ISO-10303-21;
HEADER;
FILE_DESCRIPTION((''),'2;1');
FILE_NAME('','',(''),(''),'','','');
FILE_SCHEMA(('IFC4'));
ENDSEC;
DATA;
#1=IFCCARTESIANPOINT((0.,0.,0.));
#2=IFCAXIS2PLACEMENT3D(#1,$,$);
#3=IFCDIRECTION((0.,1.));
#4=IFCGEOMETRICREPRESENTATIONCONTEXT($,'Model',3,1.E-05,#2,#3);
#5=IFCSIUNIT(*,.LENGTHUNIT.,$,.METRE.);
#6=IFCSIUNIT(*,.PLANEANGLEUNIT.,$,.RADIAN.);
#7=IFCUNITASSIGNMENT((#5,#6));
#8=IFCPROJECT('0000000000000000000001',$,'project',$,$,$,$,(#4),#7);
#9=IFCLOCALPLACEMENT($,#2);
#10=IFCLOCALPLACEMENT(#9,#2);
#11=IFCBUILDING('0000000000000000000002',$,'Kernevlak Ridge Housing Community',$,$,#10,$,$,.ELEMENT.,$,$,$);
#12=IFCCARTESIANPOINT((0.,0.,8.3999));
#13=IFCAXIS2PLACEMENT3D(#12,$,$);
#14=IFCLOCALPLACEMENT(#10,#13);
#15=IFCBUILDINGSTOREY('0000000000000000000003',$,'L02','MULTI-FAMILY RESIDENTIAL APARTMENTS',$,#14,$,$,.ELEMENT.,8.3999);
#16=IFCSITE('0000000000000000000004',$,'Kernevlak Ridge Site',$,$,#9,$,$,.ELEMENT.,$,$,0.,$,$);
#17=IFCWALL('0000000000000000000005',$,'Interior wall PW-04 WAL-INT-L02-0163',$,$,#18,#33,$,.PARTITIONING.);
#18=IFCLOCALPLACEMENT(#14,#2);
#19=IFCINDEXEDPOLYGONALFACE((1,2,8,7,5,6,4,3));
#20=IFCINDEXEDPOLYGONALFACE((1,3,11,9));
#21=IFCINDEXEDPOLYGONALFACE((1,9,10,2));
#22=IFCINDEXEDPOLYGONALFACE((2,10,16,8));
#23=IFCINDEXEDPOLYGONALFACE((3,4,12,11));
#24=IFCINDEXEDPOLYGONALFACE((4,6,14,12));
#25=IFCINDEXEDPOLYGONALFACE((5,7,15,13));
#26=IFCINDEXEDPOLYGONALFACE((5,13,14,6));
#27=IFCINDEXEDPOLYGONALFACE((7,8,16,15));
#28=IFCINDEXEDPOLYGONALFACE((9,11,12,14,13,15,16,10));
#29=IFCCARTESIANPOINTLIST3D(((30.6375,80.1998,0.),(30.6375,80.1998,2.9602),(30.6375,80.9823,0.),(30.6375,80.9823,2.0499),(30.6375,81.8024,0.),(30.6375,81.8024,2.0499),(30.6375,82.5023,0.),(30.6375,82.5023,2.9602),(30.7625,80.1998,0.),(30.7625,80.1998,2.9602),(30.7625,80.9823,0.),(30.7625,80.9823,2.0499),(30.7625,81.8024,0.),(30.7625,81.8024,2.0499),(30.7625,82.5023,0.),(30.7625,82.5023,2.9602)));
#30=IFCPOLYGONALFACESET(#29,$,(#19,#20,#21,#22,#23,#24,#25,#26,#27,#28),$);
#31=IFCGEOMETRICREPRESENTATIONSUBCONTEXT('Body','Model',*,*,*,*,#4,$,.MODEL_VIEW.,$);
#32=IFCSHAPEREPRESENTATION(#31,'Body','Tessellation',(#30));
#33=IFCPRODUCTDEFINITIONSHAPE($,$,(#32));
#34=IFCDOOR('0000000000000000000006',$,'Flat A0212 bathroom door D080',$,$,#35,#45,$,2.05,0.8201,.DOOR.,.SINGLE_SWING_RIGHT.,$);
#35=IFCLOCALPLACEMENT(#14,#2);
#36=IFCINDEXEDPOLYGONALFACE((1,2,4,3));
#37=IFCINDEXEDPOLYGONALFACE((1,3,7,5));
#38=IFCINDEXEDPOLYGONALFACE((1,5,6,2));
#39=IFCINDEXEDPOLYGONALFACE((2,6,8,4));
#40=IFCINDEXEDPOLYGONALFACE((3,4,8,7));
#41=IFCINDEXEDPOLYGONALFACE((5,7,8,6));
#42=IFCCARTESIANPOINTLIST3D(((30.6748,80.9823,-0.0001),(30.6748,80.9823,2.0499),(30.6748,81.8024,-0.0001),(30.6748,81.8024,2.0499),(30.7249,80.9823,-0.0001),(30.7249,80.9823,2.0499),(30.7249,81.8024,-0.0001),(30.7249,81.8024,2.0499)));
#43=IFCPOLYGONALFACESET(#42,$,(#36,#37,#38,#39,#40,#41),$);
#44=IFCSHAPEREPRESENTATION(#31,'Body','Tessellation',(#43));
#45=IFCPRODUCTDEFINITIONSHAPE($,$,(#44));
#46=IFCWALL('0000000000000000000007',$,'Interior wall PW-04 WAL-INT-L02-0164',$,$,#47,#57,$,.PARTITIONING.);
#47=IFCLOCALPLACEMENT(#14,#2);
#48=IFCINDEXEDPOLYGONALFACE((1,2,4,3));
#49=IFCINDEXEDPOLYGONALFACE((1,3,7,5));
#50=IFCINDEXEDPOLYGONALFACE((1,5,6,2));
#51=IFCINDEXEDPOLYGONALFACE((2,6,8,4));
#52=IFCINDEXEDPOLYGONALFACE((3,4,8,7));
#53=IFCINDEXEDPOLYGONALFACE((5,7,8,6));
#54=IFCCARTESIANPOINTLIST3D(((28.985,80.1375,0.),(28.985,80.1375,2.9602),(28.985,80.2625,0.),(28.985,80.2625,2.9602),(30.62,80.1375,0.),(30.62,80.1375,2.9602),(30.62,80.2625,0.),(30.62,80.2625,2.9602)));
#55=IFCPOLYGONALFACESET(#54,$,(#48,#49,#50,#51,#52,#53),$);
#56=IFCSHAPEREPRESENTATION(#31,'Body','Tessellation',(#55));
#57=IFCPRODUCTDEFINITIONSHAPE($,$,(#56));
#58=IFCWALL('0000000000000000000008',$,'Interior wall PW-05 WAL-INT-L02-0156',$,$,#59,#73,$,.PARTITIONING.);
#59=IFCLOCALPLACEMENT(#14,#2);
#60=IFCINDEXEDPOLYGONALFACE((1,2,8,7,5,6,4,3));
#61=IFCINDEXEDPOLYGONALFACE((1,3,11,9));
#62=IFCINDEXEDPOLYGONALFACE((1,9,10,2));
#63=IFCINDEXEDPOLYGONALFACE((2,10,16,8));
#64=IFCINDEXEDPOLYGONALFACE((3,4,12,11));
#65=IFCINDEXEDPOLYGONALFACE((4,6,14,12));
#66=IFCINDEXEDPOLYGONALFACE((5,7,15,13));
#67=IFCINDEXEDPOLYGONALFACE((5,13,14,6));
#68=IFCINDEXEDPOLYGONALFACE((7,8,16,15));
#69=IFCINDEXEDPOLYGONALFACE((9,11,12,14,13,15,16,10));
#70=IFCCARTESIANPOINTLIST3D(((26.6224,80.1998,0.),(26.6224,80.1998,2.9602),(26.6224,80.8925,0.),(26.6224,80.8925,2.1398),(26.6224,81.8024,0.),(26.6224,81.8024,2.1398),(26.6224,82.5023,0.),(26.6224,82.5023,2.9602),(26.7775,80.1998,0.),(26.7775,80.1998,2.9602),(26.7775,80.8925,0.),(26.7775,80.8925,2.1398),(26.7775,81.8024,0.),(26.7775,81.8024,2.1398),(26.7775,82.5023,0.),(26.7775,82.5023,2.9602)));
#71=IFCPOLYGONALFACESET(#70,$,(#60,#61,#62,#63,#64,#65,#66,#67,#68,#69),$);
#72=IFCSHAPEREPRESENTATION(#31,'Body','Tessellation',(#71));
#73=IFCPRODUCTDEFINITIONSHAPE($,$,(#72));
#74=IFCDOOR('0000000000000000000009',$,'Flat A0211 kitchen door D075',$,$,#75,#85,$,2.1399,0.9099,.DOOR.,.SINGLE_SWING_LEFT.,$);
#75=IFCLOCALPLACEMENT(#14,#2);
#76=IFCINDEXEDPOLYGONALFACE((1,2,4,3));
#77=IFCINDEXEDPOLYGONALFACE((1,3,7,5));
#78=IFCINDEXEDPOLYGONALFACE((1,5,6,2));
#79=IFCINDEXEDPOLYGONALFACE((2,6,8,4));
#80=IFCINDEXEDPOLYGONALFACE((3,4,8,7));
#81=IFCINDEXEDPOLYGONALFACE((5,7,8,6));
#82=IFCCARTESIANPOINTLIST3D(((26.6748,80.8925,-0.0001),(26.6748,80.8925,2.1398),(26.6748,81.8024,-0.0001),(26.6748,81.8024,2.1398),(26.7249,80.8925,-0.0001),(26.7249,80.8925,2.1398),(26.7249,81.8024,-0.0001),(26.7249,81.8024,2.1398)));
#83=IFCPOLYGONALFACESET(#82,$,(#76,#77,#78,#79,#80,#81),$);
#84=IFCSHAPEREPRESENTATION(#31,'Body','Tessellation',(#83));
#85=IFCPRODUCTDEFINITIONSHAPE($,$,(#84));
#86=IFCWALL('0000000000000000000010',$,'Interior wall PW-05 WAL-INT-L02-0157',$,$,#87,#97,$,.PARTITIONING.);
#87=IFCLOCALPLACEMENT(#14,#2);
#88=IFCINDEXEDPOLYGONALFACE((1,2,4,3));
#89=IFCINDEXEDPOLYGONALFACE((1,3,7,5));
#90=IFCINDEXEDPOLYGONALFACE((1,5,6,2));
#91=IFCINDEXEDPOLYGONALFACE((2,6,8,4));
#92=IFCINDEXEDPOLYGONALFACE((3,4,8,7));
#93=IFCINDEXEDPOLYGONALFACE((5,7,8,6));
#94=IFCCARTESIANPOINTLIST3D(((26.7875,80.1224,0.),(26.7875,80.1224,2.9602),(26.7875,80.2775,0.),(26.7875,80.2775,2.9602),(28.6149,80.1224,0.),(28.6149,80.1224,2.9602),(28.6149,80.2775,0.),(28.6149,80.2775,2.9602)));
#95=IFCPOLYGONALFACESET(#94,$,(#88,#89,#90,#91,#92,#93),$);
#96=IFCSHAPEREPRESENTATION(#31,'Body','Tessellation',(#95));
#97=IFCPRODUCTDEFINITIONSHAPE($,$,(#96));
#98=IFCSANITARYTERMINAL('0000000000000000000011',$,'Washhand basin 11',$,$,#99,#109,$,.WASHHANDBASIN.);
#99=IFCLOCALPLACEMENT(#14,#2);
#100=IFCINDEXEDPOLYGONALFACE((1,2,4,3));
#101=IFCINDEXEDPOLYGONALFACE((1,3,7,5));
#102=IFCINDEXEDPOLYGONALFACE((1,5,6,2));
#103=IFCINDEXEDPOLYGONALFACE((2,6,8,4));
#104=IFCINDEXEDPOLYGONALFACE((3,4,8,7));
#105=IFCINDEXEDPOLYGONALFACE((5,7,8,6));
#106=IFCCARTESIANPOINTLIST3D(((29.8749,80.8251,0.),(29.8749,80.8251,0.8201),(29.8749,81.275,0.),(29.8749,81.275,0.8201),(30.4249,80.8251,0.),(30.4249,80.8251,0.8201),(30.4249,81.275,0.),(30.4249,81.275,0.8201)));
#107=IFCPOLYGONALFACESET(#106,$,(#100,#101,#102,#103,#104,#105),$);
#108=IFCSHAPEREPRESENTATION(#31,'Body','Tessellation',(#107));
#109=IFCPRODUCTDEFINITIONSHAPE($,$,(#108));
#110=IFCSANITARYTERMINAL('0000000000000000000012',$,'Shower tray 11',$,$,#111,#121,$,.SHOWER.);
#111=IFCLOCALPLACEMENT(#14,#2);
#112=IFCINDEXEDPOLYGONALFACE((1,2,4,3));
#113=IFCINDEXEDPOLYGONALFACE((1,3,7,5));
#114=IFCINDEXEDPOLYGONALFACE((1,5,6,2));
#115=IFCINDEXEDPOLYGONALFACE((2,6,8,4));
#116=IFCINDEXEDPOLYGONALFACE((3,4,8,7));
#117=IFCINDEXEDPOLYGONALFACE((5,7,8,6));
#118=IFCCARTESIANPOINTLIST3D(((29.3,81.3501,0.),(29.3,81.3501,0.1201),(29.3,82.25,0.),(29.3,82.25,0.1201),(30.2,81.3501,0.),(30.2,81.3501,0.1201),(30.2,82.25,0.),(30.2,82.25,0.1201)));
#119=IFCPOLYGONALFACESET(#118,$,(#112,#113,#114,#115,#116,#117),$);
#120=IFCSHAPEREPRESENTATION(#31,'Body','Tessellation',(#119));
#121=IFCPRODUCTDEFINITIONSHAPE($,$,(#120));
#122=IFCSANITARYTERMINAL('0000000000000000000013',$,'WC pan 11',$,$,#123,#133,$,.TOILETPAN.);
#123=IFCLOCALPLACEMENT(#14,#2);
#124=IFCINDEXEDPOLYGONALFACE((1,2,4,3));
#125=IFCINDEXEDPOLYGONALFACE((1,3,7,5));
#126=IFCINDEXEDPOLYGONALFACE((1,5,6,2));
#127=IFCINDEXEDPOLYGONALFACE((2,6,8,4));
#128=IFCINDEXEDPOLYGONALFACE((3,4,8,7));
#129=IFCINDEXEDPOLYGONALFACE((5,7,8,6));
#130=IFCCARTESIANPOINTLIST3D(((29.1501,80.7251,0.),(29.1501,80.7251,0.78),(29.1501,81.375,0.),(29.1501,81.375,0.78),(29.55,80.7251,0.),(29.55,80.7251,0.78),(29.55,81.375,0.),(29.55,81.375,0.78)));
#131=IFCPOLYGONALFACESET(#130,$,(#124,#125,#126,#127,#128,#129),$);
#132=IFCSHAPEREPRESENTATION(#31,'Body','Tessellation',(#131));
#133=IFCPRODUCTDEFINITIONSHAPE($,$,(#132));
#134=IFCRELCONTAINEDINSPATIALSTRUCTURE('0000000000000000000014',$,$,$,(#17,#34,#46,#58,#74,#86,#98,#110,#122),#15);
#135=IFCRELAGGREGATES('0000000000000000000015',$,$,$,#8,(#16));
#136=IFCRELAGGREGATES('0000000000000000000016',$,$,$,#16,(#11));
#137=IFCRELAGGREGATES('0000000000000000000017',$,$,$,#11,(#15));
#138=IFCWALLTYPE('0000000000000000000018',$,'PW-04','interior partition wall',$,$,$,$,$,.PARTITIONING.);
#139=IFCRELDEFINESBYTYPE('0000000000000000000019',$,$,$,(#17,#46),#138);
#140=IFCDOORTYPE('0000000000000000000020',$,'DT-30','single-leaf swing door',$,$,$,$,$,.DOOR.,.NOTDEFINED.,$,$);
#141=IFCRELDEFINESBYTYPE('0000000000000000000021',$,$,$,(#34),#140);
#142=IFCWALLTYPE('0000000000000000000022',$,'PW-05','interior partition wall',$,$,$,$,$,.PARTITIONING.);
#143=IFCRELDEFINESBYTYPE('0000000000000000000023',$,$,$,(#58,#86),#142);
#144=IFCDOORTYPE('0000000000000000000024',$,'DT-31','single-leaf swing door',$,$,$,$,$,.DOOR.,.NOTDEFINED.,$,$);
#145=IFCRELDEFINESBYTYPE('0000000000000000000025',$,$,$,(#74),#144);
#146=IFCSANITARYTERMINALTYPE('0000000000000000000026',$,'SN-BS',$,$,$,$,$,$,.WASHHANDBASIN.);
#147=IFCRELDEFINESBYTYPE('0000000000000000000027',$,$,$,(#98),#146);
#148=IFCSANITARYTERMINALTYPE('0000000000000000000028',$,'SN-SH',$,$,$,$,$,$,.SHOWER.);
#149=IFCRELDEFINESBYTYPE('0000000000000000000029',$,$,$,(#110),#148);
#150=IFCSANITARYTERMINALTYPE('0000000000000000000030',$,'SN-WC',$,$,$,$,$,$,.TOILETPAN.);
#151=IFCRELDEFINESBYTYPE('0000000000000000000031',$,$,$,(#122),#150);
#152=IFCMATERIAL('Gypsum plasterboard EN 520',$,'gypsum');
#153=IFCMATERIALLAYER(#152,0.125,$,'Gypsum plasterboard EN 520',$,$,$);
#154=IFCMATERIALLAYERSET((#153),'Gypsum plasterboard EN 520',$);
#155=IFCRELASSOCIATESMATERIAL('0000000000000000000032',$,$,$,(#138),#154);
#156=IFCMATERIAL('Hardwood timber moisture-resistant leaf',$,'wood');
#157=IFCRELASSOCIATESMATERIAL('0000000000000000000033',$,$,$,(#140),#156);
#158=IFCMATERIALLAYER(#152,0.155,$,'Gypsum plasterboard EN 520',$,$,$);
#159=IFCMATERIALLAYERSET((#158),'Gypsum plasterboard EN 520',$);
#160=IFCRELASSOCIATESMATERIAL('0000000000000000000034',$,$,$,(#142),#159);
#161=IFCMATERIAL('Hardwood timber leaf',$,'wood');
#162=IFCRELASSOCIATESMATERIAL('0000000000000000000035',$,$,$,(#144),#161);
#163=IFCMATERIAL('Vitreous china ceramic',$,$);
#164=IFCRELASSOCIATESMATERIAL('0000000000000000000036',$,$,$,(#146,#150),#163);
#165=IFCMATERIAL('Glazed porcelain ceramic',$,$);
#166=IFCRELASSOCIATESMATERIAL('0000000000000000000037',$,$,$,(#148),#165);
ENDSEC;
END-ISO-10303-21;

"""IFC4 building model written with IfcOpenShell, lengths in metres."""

from ifc_helpers import new_model, si_unit, direction, frame, frame_2d, origin, origin_2d, place, context, subcontext, project, spatial, rectangle, extrude, material, layer, layer_set, type_object, element, fill, save


model = new_model("IFC4")

# Units and contexts
model_context = context("Model", 3, precision=1e-05, world=origin(), true_north=direction((0.0, 1.0)))
body_context = subcontext(model_context, "Body", "Model", "MODEL_VIEW")
ifc_project = project(units=[si_unit("LENGTHUNIT", "METRE"), si_unit("PLANEANGLEUNIT", "RADIAN")], contexts=[model_context])

# Site, building, storey
site_placement = place(None, origin())
site = spatial("IfcSite", under=ifc_project, at=site_placement, Name="Kernevlak Ridge Site", CompositionType="ELEMENT", RefElevation=0.0)
building_placement = place(site_placement, origin())
building = spatial("IfcBuilding", under=site, at=building_placement, Name="Kernevlak Ridge Housing Community", CompositionType="ELEMENT")
storey_placement = place(building_placement, frame((0.0, 0.0, 8.3999)))
storey = spatial("IfcBuildingStorey", under=building, at=storey_placement, Name="L02", Description="MULTI-FAMILY RESIDENTIAL APARTMENTS", CompositionType="ELEMENT", Elevation=8.3999)

# Wall, opening, door
ifc_material_1 = material(Name="Hardwood timber leaf", Category="wood")
ifc_material_2 = material(Name="Gypsum plasterboard EN 520", Category="gypsum")
ifc_layer_1 = layer(ifc_material_2, 0.125, Name="Gypsum plasterboard EN 520")
ifc_layer_set_1 = layer_set([ifc_layer_1], Name="Gypsum plasterboard EN 520")
wall_type_1 = type_object("IfcWallType", Name="PW-04", Description="interior partition wall", PredefinedType="PARTITIONING", material=ifc_layer_set_1)
wall_1_placement = place(storey_placement, frame((30.7, 82.5024, 0.0), z_axis=(0.0, 0.0, 1.0), x_axis=(0.0, -1.0, 0.0)))
wall_1 = element("IfcWall", 1, at=wall_1_placement, inside=storey, type_object=wall_type_1, Name="Interior wall PW-04 WAL-INT-L02-0163", PredefinedType="PARTITIONING", context=body_context, shape_type="SweptSolid", body=[
    extrude(rectangle(XDim=2.3025, YDim=0.125, at=frame_2d((1.1514, 0.0))), origin(), (0.0, 0.0, 1.0), 2.9602),
])
opening_1_placement = place(wall_1_placement, frame((0.7, 0.0, 0.0)))
opening_1 = element("IfcOpeningElement", 2, at=opening_1_placement, cuts=wall_1, PredefinedType="OPENING", context=body_context, shape_type="SweptSolid", body=[
    extrude(rectangle(XDim=0.8201, YDim=2.05, at=frame_2d((0.4102, 1.0249))), frame((0.0, 0.0725, 0.0), z_axis=(0.0, -1.0, 0.0), x_axis=(1.0, 0.0, 0.0)), (0.0, 0.0, 1.0), 0.145),
])
ifc_material_3 = material(Name="Hardwood timber moisture-resistant leaf", Category="wood")
door_type_1 = type_object("IfcDoorType", Name="DT-30", Description="single-leaf swing door", OperationType="NOTDEFINED", PredefinedType="DOOR", material=ifc_material_3)
door_1_placement = place(opening_1_placement, origin())
door_1 = element("IfcDoor", 3, at=door_1_placement, inside=storey, type_object=door_type_1, Name="Flat A0212 bathroom door D080", OperationType="SINGLE_SWING_RIGHT", OverallHeight=2.05, OverallWidth=0.8201, PredefinedType="DOOR", context=body_context, shape_type="SweptSolid", body=[
    extrude(rectangle(XDim=0.8201, YDim=2.05, at=frame_2d((0.4102, 1.0249))), frame((0.0, 0.0249, 0.0), z_axis=(0.0, -1.0, 0.0), x_axis=(1.0, 0.0, 0.0)), (0.0, 0.0, 1.0), 0.05),
])
fill(opening_1, door_1)

# Wall
wall_2_placement = place(storey_placement, frame((28.9851, 80.2, 0.0), z_axis=(0.0, 0.0, 1.0), x_axis=(1.0, 0.0, 0.0)))
element("IfcWall", 4, at=wall_2_placement, inside=storey, type_object=wall_type_1, Name="Interior wall PW-04 WAL-INT-L02-0164", PredefinedType="PARTITIONING", context=body_context, shape_type="SweptSolid", body=[
    extrude(rectangle(XDim=1.635, YDim=0.125, at=frame_2d((0.8174, 0.0))), origin(), (0.0, 0.0, 1.0), 2.9602),
])

# Wall, opening, door
ifc_layer_2 = layer(ifc_material_2, 0.155, Name="Gypsum plasterboard EN 520")
ifc_layer_set_2 = layer_set([ifc_layer_2], Name="Gypsum plasterboard EN 520")
wall_type_2 = type_object("IfcWallType", Name="PW-05", Description="interior partition wall", PredefinedType="PARTITIONING", material=ifc_layer_set_2)
wall_3_placement = place(storey_placement, frame((26.7, 82.5024, 0.0), z_axis=(0.0, 0.0, 1.0), x_axis=(0.0, -1.0, 0.0)))
wall_3 = element("IfcWall", 5, at=wall_3_placement, inside=storey, type_object=wall_type_2, Name="Interior wall PW-05 WAL-INT-L02-0156", PredefinedType="PARTITIONING", context=body_context, shape_type="SweptSolid", body=[
    extrude(rectangle(XDim=2.3025, YDim=0.155, at=frame_2d((1.1514, 0.0))), origin(), (0.0, 0.0, 1.0), 2.9602),
])
opening_2_placement = place(wall_3_placement, frame((0.7, 0.0, 0.0)))
opening_2 = element("IfcOpeningElement", 6, at=opening_2_placement, cuts=wall_3, PredefinedType="OPENING", context=body_context, shape_type="SweptSolid", body=[
    extrude(rectangle(XDim=0.9099, YDim=2.1399, at=frame_2d((0.4551, 1.0698))), frame((0.0, 0.0874, 0.0), z_axis=(0.0, -1.0, 0.0), x_axis=(1.0, 0.0, 0.0)), (0.0, 0.0, 1.0), 0.175),
])
door_type_2 = type_object("IfcDoorType", Name="DT-31", Description="single-leaf swing door", OperationType="NOTDEFINED", PredefinedType="DOOR", material=ifc_material_1)
door_2_placement = place(opening_2_placement, origin())
door_2 = element("IfcDoor", 7, at=door_2_placement, inside=storey, type_object=door_type_2, Name="Flat A0211 kitchen door D075", OperationType="SINGLE_SWING_LEFT", OverallHeight=2.1399, OverallWidth=0.9099, PredefinedType="DOOR", context=body_context, shape_type="SweptSolid", body=[
    extrude(rectangle(XDim=0.9099, YDim=2.1399, at=frame_2d((0.4551, 1.0698))), frame((0.0, 0.0249, 0.0), z_axis=(0.0, -1.0, 0.0), x_axis=(1.0, 0.0, 0.0)), (0.0, 0.0, 1.0), 0.05),
])
fill(opening_2, door_2)

# Wall
wall_4_placement = place(storey_placement, frame((26.7876, 80.2, 0.0), z_axis=(0.0, 0.0, 1.0), x_axis=(1.0, 0.0, 0.0)))
element("IfcWall", 8, at=wall_4_placement, inside=storey, type_object=wall_type_2, Name="Interior wall PW-05 WAL-INT-L02-0157", PredefinedType="PARTITIONING", context=body_context, shape_type="SweptSolid", body=[
    extrude(rectangle(XDim=1.8274, YDim=0.155, at=frame_2d((0.9136, 0.0))), origin(), (0.0, 0.0, 1.0), 2.9602),
])

# Sanitary terminals
ifc_material_4 = material(Name="Vitreous china ceramic")
sanitary_terminal_type_1 = type_object("IfcSanitaryTerminalType", Name="SN-BS", PredefinedType="WASHHANDBASIN", material=ifc_material_4)
sanitary_terminal_1_placement = place(storey_placement, frame((30.1499, 81.05, 0.0), z_axis=(0.0, 0.0, 1.0), x_axis=(1.0, 0.0, 0.0)))
element("IfcSanitaryTerminal", 9, at=sanitary_terminal_1_placement, inside=storey, type_object=sanitary_terminal_type_1, Name="Washhand basin 11", PredefinedType="WASHHANDBASIN", context=body_context, shape_type="SweptSolid", body=[
    extrude(rectangle(XDim=0.55, YDim=0.45, at=origin_2d()), origin(), (0.0, 0.0, 1.0), 0.8201),
])
ifc_material_5 = material(Name="Glazed porcelain ceramic")
sanitary_terminal_type_2 = type_object("IfcSanitaryTerminalType", Name="SN-SH", PredefinedType="SHOWER", material=ifc_material_5)
sanitary_terminal_2_placement = place(storey_placement, frame((29.75, 81.8, 0.0), z_axis=(0.0, 0.0, 1.0), x_axis=(1.0, 0.0, 0.0)))
element("IfcSanitaryTerminal", 10, at=sanitary_terminal_2_placement, inside=storey, type_object=sanitary_terminal_type_2, Name="Shower tray 11", PredefinedType="SHOWER", context=body_context, shape_type="SweptSolid", body=[
    extrude(rectangle(XDim=0.8999, YDim=0.8999, at=origin_2d()), origin(), (0.0, 0.0, 1.0), 0.1201),
])
sanitary_terminal_type_3 = type_object("IfcSanitaryTerminalType", Name="SN-WC", PredefinedType="TOILETPAN", material=ifc_material_4)
sanitary_terminal_3_placement = place(storey_placement, frame((29.3501, 81.05, 0.0), z_axis=(0.0, 0.0, 1.0), x_axis=(1.0, 0.0, 0.0)))
element("IfcSanitaryTerminal", 11, at=sanitary_terminal_3_placement, inside=storey, type_object=sanitary_terminal_type_3, Name="WC pan 11", PredefinedType="TOILETPAN", context=body_context, shape_type="SweptSolid", body=[
    extrude(rectangle(XDim=0.3999, YDim=0.6499, at=origin_2d()), origin(), (0.0, 0.0, 1.0), 0.78),
])

save(model, "model.ifc")
